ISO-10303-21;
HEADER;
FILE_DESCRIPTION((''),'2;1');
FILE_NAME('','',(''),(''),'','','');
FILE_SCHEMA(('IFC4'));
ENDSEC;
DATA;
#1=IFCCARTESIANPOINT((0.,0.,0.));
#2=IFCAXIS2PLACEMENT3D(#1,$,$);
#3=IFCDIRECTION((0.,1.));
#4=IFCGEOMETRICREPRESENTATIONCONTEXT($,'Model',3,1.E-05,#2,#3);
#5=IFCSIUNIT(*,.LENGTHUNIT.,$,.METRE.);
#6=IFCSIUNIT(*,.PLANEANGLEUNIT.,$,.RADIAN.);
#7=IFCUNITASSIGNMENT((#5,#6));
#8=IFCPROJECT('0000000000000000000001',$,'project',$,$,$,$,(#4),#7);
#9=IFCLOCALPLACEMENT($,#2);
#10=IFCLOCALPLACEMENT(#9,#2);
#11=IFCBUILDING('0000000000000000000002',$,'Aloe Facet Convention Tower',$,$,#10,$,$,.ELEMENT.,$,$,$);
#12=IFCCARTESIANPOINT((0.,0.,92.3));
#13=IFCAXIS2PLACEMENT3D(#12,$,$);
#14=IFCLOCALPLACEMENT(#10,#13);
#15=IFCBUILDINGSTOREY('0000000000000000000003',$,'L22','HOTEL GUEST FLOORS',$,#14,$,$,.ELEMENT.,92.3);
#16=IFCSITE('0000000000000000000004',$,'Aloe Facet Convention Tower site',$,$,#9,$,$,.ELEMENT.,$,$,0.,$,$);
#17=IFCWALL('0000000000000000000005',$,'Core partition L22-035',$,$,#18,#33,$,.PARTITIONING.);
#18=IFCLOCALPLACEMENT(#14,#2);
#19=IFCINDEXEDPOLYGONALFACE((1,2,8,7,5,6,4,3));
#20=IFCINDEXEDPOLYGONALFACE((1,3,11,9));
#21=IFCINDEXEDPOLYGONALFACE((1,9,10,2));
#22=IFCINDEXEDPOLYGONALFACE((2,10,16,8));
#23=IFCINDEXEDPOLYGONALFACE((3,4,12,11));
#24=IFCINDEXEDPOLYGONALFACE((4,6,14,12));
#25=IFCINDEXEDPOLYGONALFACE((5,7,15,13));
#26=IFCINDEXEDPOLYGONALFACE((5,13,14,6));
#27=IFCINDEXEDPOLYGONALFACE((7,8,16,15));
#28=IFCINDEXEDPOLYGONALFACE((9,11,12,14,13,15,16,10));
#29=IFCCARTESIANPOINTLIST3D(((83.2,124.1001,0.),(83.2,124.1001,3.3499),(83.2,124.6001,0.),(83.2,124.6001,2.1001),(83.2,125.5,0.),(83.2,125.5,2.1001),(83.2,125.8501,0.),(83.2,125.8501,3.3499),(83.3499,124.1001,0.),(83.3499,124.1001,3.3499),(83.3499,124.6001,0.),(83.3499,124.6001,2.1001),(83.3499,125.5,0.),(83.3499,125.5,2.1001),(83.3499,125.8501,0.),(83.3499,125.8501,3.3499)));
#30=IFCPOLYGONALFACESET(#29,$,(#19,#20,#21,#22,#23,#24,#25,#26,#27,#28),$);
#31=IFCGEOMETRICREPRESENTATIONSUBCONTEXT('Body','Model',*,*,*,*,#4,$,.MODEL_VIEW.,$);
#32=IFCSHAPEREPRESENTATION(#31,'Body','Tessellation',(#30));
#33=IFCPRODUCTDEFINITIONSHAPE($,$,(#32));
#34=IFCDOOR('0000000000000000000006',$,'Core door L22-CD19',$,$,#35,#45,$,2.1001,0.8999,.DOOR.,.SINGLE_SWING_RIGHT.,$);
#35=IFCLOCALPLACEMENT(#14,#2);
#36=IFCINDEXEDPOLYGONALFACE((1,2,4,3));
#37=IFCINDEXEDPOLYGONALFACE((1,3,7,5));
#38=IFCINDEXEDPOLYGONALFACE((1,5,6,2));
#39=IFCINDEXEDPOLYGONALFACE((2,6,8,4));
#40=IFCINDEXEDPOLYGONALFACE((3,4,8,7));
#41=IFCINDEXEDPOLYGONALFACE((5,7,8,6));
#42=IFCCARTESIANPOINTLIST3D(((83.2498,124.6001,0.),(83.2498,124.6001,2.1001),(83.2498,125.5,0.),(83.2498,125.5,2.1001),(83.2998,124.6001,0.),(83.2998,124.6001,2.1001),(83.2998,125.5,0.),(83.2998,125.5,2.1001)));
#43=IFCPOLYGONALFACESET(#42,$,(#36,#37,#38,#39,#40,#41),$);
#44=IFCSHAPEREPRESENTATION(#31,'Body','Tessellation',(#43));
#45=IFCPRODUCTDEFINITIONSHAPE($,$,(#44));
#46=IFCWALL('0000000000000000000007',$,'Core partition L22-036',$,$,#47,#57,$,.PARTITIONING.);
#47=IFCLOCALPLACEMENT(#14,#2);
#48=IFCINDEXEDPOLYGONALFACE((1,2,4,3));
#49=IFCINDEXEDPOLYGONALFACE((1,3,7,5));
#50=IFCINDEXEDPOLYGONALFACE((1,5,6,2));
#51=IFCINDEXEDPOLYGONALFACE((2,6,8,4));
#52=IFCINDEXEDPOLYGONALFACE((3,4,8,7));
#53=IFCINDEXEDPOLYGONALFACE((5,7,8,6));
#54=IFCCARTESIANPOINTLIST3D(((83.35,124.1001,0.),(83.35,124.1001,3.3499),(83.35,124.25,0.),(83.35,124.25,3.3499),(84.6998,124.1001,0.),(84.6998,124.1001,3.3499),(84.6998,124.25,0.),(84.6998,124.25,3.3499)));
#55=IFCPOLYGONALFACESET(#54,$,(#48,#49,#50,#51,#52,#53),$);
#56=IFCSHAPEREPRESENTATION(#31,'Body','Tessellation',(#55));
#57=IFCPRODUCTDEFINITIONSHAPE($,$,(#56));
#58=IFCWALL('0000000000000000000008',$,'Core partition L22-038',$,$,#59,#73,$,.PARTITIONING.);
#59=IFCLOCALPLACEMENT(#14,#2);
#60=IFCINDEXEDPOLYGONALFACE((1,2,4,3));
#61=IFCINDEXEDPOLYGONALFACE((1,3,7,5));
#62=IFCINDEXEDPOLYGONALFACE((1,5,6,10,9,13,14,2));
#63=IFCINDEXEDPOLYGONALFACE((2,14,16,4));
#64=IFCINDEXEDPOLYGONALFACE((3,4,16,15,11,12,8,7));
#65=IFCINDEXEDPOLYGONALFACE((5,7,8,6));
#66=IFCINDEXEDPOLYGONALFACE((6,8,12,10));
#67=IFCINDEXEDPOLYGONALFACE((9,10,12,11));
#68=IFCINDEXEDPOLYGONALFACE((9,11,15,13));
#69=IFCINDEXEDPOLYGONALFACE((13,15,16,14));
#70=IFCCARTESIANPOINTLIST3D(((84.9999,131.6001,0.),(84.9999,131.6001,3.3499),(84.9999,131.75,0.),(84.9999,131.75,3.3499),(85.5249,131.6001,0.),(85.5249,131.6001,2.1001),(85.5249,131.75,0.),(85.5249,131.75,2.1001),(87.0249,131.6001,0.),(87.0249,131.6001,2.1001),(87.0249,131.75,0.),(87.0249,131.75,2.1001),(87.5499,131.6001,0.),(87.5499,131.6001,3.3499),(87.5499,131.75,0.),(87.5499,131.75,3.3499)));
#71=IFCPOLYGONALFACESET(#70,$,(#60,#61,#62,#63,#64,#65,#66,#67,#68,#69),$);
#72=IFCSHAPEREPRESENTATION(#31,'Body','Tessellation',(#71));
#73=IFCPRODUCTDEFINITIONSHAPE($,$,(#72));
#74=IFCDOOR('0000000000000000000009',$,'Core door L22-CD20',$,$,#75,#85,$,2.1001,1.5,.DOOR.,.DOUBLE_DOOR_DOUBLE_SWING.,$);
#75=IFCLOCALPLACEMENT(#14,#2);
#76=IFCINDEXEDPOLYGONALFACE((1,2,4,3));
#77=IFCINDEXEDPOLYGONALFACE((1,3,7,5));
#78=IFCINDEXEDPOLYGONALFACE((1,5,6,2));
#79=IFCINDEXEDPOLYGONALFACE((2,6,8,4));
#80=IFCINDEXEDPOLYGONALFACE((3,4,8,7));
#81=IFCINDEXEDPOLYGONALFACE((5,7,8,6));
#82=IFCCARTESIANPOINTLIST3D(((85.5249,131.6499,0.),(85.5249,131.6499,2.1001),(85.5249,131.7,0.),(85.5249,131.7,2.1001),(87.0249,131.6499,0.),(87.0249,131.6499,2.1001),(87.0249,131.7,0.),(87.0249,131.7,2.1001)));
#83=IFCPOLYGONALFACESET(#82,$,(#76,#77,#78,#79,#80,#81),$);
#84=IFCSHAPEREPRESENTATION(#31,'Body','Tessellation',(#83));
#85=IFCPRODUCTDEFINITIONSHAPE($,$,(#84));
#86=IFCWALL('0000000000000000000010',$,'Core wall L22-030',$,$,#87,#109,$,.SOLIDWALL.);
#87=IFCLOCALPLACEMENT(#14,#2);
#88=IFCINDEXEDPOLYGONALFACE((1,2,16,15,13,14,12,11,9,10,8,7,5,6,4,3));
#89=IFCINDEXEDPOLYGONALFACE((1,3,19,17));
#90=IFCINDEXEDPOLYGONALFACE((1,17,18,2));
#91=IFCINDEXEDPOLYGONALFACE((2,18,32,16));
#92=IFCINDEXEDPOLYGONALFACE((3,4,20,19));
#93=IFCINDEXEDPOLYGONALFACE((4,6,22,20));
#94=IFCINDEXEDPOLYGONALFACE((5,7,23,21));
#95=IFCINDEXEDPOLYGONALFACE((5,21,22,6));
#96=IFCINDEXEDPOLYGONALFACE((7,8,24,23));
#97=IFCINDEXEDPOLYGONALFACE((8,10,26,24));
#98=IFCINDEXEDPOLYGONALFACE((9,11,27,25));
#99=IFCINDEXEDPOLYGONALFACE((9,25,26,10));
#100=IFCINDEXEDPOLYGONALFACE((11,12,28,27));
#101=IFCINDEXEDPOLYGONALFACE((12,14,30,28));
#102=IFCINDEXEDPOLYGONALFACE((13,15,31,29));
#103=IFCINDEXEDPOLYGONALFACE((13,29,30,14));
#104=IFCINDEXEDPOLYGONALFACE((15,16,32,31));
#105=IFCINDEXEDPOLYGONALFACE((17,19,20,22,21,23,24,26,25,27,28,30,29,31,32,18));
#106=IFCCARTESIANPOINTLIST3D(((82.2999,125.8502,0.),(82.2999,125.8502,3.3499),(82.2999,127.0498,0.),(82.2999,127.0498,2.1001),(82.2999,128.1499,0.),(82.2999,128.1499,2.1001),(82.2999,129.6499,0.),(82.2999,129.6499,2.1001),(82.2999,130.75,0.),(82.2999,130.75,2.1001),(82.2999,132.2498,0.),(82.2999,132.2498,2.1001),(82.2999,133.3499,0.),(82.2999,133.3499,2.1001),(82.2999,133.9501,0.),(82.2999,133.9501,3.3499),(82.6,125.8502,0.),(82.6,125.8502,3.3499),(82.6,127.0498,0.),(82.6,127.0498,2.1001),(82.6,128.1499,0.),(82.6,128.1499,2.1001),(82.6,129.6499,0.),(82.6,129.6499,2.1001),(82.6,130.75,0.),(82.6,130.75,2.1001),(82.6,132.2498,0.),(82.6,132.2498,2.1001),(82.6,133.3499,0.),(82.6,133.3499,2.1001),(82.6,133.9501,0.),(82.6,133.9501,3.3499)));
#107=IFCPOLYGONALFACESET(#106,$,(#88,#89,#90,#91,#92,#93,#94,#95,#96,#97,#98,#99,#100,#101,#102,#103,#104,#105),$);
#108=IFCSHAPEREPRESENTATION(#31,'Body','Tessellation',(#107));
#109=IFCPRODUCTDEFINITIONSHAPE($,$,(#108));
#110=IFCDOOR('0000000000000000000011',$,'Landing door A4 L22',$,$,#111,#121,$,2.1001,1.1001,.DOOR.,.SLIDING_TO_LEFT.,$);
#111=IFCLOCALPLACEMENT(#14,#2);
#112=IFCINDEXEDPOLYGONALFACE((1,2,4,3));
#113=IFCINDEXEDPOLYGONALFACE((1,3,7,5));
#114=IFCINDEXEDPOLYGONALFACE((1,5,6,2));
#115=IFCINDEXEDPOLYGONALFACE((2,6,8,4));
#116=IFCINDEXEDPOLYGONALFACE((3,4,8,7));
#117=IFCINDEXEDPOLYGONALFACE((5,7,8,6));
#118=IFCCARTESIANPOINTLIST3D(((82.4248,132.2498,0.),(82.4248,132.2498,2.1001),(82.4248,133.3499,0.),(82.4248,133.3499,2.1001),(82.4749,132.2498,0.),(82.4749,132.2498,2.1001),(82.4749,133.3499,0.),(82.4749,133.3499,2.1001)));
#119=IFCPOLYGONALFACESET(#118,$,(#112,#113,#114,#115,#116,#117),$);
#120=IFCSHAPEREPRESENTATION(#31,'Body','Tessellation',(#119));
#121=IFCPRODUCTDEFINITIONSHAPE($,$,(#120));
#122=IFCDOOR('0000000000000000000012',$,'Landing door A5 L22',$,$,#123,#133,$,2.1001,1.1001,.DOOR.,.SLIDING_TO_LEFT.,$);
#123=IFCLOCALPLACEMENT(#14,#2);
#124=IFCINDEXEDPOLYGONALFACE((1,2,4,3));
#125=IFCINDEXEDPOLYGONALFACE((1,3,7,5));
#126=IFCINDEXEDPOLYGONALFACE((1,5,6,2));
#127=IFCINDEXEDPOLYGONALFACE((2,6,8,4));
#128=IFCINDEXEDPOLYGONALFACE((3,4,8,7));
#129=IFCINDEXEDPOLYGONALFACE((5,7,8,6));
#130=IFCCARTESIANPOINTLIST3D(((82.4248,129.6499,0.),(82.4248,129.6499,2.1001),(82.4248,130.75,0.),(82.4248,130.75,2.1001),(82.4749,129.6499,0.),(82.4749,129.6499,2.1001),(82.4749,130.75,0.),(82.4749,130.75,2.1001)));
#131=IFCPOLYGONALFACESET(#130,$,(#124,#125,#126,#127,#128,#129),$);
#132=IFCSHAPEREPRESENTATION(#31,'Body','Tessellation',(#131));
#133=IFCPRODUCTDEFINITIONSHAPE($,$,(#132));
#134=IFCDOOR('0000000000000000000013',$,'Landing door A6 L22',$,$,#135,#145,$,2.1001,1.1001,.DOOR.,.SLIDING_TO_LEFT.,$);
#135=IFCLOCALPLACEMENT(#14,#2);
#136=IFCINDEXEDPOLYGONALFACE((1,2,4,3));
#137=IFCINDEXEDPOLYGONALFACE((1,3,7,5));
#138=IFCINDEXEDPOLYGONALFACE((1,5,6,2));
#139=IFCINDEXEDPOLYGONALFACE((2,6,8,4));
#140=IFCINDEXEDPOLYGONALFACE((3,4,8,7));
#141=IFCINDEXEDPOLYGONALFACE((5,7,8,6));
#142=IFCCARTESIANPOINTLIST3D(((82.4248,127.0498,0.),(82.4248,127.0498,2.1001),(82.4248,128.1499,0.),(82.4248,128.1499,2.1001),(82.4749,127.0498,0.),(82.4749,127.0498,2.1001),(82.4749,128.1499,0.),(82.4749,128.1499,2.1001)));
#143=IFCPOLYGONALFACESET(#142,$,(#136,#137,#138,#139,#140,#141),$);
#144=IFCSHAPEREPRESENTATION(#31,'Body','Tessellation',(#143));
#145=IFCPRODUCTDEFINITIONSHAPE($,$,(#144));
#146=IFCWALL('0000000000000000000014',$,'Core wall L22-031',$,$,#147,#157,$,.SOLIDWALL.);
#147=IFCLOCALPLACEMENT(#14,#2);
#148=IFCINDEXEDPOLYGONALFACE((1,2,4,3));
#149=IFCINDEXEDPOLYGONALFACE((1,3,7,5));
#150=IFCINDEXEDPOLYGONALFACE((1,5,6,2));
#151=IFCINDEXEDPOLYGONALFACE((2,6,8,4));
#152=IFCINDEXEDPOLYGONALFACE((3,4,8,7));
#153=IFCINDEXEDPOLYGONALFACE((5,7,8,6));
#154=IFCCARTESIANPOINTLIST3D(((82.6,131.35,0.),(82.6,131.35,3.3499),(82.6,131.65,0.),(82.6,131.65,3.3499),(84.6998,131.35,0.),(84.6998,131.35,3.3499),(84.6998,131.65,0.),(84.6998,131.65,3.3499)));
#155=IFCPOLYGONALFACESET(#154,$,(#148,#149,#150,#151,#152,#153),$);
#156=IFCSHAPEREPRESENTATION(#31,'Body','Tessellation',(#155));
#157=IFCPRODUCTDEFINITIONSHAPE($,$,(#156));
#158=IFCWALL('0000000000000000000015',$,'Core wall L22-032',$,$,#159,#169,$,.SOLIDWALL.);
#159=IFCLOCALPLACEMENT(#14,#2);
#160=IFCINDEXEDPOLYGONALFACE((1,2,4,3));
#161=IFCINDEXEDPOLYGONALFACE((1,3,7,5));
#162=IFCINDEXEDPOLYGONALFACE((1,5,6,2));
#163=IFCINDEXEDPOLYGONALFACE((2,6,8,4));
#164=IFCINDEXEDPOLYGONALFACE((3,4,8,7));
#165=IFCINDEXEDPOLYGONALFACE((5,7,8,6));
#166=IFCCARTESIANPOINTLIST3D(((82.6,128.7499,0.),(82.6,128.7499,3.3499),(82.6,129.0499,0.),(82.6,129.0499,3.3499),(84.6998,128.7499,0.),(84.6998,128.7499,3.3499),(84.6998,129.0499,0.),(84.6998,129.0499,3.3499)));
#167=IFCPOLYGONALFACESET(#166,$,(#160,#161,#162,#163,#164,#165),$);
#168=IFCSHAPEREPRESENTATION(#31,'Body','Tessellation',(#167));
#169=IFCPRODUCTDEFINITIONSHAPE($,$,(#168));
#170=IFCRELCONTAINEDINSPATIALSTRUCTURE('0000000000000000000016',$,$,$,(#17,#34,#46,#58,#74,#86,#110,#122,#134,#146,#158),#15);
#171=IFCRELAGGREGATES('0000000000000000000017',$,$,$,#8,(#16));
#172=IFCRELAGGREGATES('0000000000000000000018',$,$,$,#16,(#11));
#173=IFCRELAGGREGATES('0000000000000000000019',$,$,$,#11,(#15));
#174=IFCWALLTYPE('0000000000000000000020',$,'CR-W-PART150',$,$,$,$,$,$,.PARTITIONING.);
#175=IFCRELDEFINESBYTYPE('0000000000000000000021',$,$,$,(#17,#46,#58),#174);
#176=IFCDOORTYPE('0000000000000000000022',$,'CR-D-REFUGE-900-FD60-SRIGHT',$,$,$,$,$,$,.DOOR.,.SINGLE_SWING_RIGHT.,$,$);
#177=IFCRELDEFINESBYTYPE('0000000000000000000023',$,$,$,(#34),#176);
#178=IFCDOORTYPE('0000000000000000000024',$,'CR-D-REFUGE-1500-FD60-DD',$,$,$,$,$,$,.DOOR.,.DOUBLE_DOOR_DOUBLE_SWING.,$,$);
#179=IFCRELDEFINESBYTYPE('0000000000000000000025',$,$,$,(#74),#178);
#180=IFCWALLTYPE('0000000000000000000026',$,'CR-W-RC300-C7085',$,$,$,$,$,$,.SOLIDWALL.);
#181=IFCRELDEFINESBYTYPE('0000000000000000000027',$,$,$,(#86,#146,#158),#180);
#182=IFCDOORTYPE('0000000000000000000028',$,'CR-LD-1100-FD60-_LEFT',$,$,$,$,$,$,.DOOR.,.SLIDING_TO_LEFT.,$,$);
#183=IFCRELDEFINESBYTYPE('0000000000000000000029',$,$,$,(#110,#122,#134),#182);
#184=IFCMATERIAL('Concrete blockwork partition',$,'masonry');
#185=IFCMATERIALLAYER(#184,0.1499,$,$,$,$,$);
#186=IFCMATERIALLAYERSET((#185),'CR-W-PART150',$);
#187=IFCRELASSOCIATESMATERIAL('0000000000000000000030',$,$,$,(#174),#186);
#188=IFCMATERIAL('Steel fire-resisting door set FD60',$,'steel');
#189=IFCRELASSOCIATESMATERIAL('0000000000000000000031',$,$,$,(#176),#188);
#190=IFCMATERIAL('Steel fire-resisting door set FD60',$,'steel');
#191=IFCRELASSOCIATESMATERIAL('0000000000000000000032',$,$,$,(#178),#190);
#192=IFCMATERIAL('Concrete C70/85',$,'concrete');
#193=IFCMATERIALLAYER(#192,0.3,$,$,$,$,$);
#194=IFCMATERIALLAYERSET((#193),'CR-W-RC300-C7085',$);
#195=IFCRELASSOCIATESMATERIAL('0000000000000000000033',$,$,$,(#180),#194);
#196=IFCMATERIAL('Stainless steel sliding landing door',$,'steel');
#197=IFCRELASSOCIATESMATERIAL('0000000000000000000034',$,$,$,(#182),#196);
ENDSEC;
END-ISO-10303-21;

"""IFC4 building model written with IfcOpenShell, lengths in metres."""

from ifc_helpers import new_model, si_unit, direction, frame, frame_2d, origin, place, context, subcontext, project, spatial, rectangle, extrude, material, layer, layer_set, type_object, element, fill, save


model = new_model("IFC4")

# Units and contexts
model_context = context("Model", 3, precision=1e-05, world=origin(), true_north=direction((0.0, 1.0)))
body_context = subcontext(model_context, "Body", "Model", "MODEL_VIEW")
ifc_project = project(units=[si_unit("LENGTHUNIT", "METRE"), si_unit("PLANEANGLEUNIT", "RADIAN")], contexts=[model_context])

# Site, building, storey
site_placement = place(None, origin())
site = spatial("IfcSite", under=ifc_project, at=site_placement, Name="Aloe Facet Convention Tower site", CompositionType="ELEMENT", RefElevation=0.0)
building_placement = place(site_placement, origin())
building = spatial("IfcBuilding", under=site, at=building_placement, Name="Aloe Facet Convention Tower", CompositionType="ELEMENT")
storey_placement = place(building_placement, frame((0.0, 0.0, 92.3)))
storey = spatial("IfcBuildingStorey", under=building, at=storey_placement, Name="L22", Description="HOTEL GUEST FLOORS", CompositionType="ELEMENT", Elevation=92.3)

# Wall, opening, door
ifc_material_1 = material(Name="Concrete blockwork partition", Category="masonry")
ifc_layer_1 = layer(ifc_material_1, 0.1499)
ifc_layer_set_1 = layer_set([ifc_layer_1], Name="CR-W-PART150")
wall_type_1 = type_object("IfcWallType", Name="CR-W-PART150", PredefinedType="PARTITIONING", material=ifc_layer_set_1)
wall_1_placement = place(storey_placement, frame((83.2749, 125.8501, 0.0), z_axis=(0.0, 0.0, 1.0), x_axis=(0.0, -1.0, 0.0)))
wall_1 = element("IfcWall", 1, at=wall_1_placement, inside=storey, type_object=wall_type_1, Name="Core partition L22-035", PredefinedType="PARTITIONING", context=body_context, shape_type="SweptSolid", body=[
    extrude(rectangle(XDim=1.75, YDim=0.1499, at=frame_2d((0.875, 0.0))), origin(), (0.0, 0.0, 1.0), 3.3499),
])
opening_1_placement = place(wall_1_placement, frame((0.3501, 0.0, 0.0)))
opening_1 = element("IfcOpeningElement", 2, at=opening_1_placement, cuts=wall_1, PredefinedType="OPENING", context=body_context, shape_type="SweptSolid", body=[
    extrude(rectangle(XDim=0.8999, YDim=2.1001, at=frame_2d((0.45, 1.05))), frame((0.0, 0.085, 0.0), z_axis=(0.0, -1.0, 0.0), x_axis=(1.0, 0.0, 0.0)), (0.0, 0.0, 1.0), 0.1699),
])
ifc_material_2 = material(Name="Steel fire-resisting door set FD60", Category="steel")
door_type_1 = type_object("IfcDoorType", Name="CR-D-REFUGE-900-FD60-SRIGHT", OperationType="SINGLE_SWING_RIGHT", PredefinedType="DOOR", material=ifc_material_2)
door_1_placement = place(opening_1_placement, origin())
door_1 = element("IfcDoor", 3, at=door_1_placement, inside=storey, type_object=door_type_1, Name="Core door L22-CD19", OperationType="SINGLE_SWING_RIGHT", OverallHeight=2.1001, OverallWidth=0.8999, PredefinedType="DOOR", context=body_context, shape_type="SweptSolid", body=[
    extrude(rectangle(XDim=0.8999, YDim=2.1001, at=frame_2d((0.45, 1.05))), frame((0.0, 0.0249, 0.0), z_axis=(0.0, -1.0, 0.0), x_axis=(1.0, 0.0, 0.0)), (0.0, 0.0, 1.0), 0.05),
])
fill(opening_1, door_1)

# Wall
wall_2_placement = place(storey_placement, frame((83.3501, 124.175, 0.0), z_axis=(0.0, 0.0, 1.0), x_axis=(1.0, 0.0, 0.0)))
element("IfcWall", 4, at=wall_2_placement, inside=storey, type_object=wall_type_1, Name="Core partition L22-036", PredefinedType="PARTITIONING", context=body_context, shape_type="SweptSolid", body=[
    extrude(rectangle(XDim=1.3499, YDim=0.1499, at=frame_2d((0.6748, 0.0))), origin(), (0.0, 0.0, 1.0), 3.3499),
])

# Wall, opening, door
wall_3_placement = place(storey_placement, frame((85.0, 131.675, 0.0), z_axis=(0.0, 0.0, 1.0), x_axis=(1.0, 0.0, 0.0)))
wall_3 = element("IfcWall", 5, at=wall_3_placement, inside=storey, type_object=wall_type_1, Name="Core partition L22-038", PredefinedType="PARTITIONING", context=body_context, shape_type="SweptSolid", body=[
    extrude(rectangle(XDim=2.55, YDim=0.1499, at=frame_2d((1.2749, 0.0))), origin(), (0.0, 0.0, 1.0), 3.3499),
])
opening_2_placement = place(wall_3_placement, frame((0.5249, 0.0, 0.0)))
opening_2 = element("IfcOpeningElement", 6, at=opening_2_placement, cuts=wall_3, PredefinedType="OPENING", context=body_context, shape_type="SweptSolid", body=[
    extrude(rectangle(XDim=1.5, YDim=2.1001, at=frame_2d((0.75, 1.05))), frame((0.0, 0.085, 0.0), z_axis=(0.0, -1.0, 0.0), x_axis=(1.0, 0.0, 0.0)), (0.0, 0.0, 1.0), 0.1699),
])
ifc_material_3 = material(Name="Steel fire-resisting door set FD60", Category="steel")
door_type_2 = type_object("IfcDoorType", Name="CR-D-REFUGE-1500-FD60-DD", OperationType="DOUBLE_DOOR_DOUBLE_SWING", PredefinedType="DOOR", material=ifc_material_3)
door_2_placement = place(opening_2_placement, origin())
door_2 = element("IfcDoor", 7, at=door_2_placement, inside=storey, type_object=door_type_2, Name="Core door L22-CD20", OperationType="DOUBLE_DOOR_DOUBLE_SWING", OverallHeight=2.1001, OverallWidth=1.5, PredefinedType="DOOR", context=body_context, shape_type="SweptSolid", body=[
    extrude(rectangle(XDim=1.5, YDim=2.1001, at=frame_2d((0.75, 1.05))), frame((0.0, 0.0249, 0.0), z_axis=(0.0, -1.0, 0.0), x_axis=(1.0, 0.0, 0.0)), (0.0, 0.0, 1.0), 0.05),
])
fill(opening_2, door_2)

# Wall, openings, doors
ifc_material_4 = material(Name="Concrete C70/85", Category="concrete")
ifc_layer_2 = layer(ifc_material_4, 0.3)
ifc_layer_set_2 = layer_set([ifc_layer_2], Name="CR-W-RC300-C7085")
wall_type_2 = type_object("IfcWallType", Name="CR-W-RC300-C7085", PredefinedType="SOLIDWALL", material=ifc_layer_set_2)
wall_4_placement = place(storey_placement, frame((82.45, 133.95, 0.0), z_axis=(0.0, 0.0, 1.0), x_axis=(0.0, -1.0, 0.0)))
wall_4 = element("IfcWall", 8, at=wall_4_placement, inside=storey, type_object=wall_type_2, Name="Core wall L22-030", PredefinedType="SOLIDWALL", context=body_context, shape_type="SweptSolid", body=[
    extrude(rectangle(XDim=8.0999, YDim=0.3, at=frame_2d((4.0498, 0.0))), origin(), (0.0, 0.0, 1.0), 3.3499),
])
opening_3_placement = place(wall_4_placement, frame((0.6001, 0.0, 0.0)))
opening_3 = element("IfcOpeningElement", 9, at=opening_3_placement, cuts=wall_4, PredefinedType="OPENING", context=body_context, shape_type="SweptSolid", body=[
    extrude(rectangle(XDim=1.1001, YDim=2.1001, at=frame_2d((0.55, 1.05))), frame((0.0, 0.1602, 0.0), z_axis=(0.0, -1.0, 0.0), x_axis=(1.0, 0.0, 0.0)), (0.0, 0.0, 1.0), 0.3201),
])
opening_4_placement = place(wall_4_placement, frame((3.2, 0.0, 0.0)))
opening_4 = element("IfcOpeningElement", 10, at=opening_4_placement, cuts=wall_4, PredefinedType="OPENING", context=body_context, shape_type="SweptSolid", body=[
    extrude(rectangle(XDim=1.1001, YDim=2.1001, at=frame_2d((0.55, 1.05))), frame((0.0, 0.1602, 0.0), z_axis=(0.0, -1.0, 0.0), x_axis=(1.0, 0.0, 0.0)), (0.0, 0.0, 1.0), 0.3201),
])
opening_5_placement = place(wall_4_placement, frame((5.8, 0.0, 0.0)))
opening_5 = element("IfcOpeningElement", 11, at=opening_5_placement, cuts=wall_4, PredefinedType="OPENING", context=body_context, shape_type="SweptSolid", body=[
    extrude(rectangle(XDim=1.1001, YDim=2.1001, at=frame_2d((0.55, 1.05))), frame((0.0, 0.1602, 0.0), z_axis=(0.0, -1.0, 0.0), x_axis=(1.0, 0.0, 0.0)), (0.0, 0.0, 1.0), 0.3201),
])
ifc_material_5 = material(Name="Stainless steel sliding landing door", Category="steel")
door_type_3 = type_object("IfcDoorType", Name="CR-LD-1100-FD60-_LEFT", OperationType="SLIDING_TO_LEFT", PredefinedType="DOOR", material=ifc_material_5)
door_3_placement = place(opening_3_placement, origin())
door_3 = element("IfcDoor", 12, at=door_3_placement, inside=storey, type_object=door_type_3, Name="Landing door A4 L22", OperationType="SLIDING_TO_LEFT", OverallHeight=2.1001, OverallWidth=1.1001, PredefinedType="DOOR", context=body_context, shape_type="SweptSolid", body=[
    extrude(rectangle(XDim=1.1001, YDim=2.1001, at=frame_2d((0.55, 1.05))), frame((0.0, 0.0249, 0.0), z_axis=(0.0, -1.0, 0.0), x_axis=(1.0, 0.0, 0.0)), (0.0, 0.0, 1.0), 0.05),
])
fill(opening_3, door_3)
door_4_placement = place(opening_4_placement, origin())
door_4 = element("IfcDoor", 13, at=door_4_placement, inside=storey, type_object=door_type_3, Name="Landing door A5 L22", OperationType="SLIDING_TO_LEFT", OverallHeight=2.1001, OverallWidth=1.1001, PredefinedType="DOOR", context=body_context, shape_type="SweptSolid", body=[
    extrude(rectangle(XDim=1.1001, YDim=2.1001, at=frame_2d((0.55, 1.05))), frame((0.0, 0.0249, 0.0), z_axis=(0.0, -1.0, 0.0), x_axis=(1.0, 0.0, 0.0)), (0.0, 0.0, 1.0), 0.05),
])
fill(opening_4, door_4)
door_5_placement = place(opening_5_placement, origin())
door_5 = element("IfcDoor", 14, at=door_5_placement, inside=storey, type_object=door_type_3, Name="Landing door A6 L22", OperationType="SLIDING_TO_LEFT", OverallHeight=2.1001, OverallWidth=1.1001, PredefinedType="DOOR", context=body_context, shape_type="SweptSolid", body=[
    extrude(rectangle(XDim=1.1001, YDim=2.1001, at=frame_2d((0.55, 1.05))), frame((0.0, 0.0249, 0.0), z_axis=(0.0, -1.0, 0.0), x_axis=(1.0, 0.0, 0.0)), (0.0, 0.0, 1.0), 0.05),
])
fill(opening_5, door_5)

# Walls
for number, where, z_axis, x_axis, name in (
    (15, (82.6001, 131.5, 0.0), (0.0, 0.0, 1.0), (1.0, 0.0, 0.0), "Core wall L22-031"),
    (16, (82.6001, 128.8999, 0.0), (0.0, 0.0, 1.0), (1.0, 0.0, 0.0), "Core wall L22-032"),
):
    element("IfcWall", number, at=place(storey_placement, frame(where, z_axis=z_axis, x_axis=x_axis)), inside=storey, type_object=wall_type_2, Name=name, PredefinedType="SOLIDWALL", context=body_context, shape_type="SweptSolid", body=[
        extrude(rectangle(XDim=2.0999, YDim=0.3, at=frame_2d((1.0498, 0.0))), origin(), (0.0, 0.0, 1.0), 3.3499),
    ])

save(model, "model.ifc")
